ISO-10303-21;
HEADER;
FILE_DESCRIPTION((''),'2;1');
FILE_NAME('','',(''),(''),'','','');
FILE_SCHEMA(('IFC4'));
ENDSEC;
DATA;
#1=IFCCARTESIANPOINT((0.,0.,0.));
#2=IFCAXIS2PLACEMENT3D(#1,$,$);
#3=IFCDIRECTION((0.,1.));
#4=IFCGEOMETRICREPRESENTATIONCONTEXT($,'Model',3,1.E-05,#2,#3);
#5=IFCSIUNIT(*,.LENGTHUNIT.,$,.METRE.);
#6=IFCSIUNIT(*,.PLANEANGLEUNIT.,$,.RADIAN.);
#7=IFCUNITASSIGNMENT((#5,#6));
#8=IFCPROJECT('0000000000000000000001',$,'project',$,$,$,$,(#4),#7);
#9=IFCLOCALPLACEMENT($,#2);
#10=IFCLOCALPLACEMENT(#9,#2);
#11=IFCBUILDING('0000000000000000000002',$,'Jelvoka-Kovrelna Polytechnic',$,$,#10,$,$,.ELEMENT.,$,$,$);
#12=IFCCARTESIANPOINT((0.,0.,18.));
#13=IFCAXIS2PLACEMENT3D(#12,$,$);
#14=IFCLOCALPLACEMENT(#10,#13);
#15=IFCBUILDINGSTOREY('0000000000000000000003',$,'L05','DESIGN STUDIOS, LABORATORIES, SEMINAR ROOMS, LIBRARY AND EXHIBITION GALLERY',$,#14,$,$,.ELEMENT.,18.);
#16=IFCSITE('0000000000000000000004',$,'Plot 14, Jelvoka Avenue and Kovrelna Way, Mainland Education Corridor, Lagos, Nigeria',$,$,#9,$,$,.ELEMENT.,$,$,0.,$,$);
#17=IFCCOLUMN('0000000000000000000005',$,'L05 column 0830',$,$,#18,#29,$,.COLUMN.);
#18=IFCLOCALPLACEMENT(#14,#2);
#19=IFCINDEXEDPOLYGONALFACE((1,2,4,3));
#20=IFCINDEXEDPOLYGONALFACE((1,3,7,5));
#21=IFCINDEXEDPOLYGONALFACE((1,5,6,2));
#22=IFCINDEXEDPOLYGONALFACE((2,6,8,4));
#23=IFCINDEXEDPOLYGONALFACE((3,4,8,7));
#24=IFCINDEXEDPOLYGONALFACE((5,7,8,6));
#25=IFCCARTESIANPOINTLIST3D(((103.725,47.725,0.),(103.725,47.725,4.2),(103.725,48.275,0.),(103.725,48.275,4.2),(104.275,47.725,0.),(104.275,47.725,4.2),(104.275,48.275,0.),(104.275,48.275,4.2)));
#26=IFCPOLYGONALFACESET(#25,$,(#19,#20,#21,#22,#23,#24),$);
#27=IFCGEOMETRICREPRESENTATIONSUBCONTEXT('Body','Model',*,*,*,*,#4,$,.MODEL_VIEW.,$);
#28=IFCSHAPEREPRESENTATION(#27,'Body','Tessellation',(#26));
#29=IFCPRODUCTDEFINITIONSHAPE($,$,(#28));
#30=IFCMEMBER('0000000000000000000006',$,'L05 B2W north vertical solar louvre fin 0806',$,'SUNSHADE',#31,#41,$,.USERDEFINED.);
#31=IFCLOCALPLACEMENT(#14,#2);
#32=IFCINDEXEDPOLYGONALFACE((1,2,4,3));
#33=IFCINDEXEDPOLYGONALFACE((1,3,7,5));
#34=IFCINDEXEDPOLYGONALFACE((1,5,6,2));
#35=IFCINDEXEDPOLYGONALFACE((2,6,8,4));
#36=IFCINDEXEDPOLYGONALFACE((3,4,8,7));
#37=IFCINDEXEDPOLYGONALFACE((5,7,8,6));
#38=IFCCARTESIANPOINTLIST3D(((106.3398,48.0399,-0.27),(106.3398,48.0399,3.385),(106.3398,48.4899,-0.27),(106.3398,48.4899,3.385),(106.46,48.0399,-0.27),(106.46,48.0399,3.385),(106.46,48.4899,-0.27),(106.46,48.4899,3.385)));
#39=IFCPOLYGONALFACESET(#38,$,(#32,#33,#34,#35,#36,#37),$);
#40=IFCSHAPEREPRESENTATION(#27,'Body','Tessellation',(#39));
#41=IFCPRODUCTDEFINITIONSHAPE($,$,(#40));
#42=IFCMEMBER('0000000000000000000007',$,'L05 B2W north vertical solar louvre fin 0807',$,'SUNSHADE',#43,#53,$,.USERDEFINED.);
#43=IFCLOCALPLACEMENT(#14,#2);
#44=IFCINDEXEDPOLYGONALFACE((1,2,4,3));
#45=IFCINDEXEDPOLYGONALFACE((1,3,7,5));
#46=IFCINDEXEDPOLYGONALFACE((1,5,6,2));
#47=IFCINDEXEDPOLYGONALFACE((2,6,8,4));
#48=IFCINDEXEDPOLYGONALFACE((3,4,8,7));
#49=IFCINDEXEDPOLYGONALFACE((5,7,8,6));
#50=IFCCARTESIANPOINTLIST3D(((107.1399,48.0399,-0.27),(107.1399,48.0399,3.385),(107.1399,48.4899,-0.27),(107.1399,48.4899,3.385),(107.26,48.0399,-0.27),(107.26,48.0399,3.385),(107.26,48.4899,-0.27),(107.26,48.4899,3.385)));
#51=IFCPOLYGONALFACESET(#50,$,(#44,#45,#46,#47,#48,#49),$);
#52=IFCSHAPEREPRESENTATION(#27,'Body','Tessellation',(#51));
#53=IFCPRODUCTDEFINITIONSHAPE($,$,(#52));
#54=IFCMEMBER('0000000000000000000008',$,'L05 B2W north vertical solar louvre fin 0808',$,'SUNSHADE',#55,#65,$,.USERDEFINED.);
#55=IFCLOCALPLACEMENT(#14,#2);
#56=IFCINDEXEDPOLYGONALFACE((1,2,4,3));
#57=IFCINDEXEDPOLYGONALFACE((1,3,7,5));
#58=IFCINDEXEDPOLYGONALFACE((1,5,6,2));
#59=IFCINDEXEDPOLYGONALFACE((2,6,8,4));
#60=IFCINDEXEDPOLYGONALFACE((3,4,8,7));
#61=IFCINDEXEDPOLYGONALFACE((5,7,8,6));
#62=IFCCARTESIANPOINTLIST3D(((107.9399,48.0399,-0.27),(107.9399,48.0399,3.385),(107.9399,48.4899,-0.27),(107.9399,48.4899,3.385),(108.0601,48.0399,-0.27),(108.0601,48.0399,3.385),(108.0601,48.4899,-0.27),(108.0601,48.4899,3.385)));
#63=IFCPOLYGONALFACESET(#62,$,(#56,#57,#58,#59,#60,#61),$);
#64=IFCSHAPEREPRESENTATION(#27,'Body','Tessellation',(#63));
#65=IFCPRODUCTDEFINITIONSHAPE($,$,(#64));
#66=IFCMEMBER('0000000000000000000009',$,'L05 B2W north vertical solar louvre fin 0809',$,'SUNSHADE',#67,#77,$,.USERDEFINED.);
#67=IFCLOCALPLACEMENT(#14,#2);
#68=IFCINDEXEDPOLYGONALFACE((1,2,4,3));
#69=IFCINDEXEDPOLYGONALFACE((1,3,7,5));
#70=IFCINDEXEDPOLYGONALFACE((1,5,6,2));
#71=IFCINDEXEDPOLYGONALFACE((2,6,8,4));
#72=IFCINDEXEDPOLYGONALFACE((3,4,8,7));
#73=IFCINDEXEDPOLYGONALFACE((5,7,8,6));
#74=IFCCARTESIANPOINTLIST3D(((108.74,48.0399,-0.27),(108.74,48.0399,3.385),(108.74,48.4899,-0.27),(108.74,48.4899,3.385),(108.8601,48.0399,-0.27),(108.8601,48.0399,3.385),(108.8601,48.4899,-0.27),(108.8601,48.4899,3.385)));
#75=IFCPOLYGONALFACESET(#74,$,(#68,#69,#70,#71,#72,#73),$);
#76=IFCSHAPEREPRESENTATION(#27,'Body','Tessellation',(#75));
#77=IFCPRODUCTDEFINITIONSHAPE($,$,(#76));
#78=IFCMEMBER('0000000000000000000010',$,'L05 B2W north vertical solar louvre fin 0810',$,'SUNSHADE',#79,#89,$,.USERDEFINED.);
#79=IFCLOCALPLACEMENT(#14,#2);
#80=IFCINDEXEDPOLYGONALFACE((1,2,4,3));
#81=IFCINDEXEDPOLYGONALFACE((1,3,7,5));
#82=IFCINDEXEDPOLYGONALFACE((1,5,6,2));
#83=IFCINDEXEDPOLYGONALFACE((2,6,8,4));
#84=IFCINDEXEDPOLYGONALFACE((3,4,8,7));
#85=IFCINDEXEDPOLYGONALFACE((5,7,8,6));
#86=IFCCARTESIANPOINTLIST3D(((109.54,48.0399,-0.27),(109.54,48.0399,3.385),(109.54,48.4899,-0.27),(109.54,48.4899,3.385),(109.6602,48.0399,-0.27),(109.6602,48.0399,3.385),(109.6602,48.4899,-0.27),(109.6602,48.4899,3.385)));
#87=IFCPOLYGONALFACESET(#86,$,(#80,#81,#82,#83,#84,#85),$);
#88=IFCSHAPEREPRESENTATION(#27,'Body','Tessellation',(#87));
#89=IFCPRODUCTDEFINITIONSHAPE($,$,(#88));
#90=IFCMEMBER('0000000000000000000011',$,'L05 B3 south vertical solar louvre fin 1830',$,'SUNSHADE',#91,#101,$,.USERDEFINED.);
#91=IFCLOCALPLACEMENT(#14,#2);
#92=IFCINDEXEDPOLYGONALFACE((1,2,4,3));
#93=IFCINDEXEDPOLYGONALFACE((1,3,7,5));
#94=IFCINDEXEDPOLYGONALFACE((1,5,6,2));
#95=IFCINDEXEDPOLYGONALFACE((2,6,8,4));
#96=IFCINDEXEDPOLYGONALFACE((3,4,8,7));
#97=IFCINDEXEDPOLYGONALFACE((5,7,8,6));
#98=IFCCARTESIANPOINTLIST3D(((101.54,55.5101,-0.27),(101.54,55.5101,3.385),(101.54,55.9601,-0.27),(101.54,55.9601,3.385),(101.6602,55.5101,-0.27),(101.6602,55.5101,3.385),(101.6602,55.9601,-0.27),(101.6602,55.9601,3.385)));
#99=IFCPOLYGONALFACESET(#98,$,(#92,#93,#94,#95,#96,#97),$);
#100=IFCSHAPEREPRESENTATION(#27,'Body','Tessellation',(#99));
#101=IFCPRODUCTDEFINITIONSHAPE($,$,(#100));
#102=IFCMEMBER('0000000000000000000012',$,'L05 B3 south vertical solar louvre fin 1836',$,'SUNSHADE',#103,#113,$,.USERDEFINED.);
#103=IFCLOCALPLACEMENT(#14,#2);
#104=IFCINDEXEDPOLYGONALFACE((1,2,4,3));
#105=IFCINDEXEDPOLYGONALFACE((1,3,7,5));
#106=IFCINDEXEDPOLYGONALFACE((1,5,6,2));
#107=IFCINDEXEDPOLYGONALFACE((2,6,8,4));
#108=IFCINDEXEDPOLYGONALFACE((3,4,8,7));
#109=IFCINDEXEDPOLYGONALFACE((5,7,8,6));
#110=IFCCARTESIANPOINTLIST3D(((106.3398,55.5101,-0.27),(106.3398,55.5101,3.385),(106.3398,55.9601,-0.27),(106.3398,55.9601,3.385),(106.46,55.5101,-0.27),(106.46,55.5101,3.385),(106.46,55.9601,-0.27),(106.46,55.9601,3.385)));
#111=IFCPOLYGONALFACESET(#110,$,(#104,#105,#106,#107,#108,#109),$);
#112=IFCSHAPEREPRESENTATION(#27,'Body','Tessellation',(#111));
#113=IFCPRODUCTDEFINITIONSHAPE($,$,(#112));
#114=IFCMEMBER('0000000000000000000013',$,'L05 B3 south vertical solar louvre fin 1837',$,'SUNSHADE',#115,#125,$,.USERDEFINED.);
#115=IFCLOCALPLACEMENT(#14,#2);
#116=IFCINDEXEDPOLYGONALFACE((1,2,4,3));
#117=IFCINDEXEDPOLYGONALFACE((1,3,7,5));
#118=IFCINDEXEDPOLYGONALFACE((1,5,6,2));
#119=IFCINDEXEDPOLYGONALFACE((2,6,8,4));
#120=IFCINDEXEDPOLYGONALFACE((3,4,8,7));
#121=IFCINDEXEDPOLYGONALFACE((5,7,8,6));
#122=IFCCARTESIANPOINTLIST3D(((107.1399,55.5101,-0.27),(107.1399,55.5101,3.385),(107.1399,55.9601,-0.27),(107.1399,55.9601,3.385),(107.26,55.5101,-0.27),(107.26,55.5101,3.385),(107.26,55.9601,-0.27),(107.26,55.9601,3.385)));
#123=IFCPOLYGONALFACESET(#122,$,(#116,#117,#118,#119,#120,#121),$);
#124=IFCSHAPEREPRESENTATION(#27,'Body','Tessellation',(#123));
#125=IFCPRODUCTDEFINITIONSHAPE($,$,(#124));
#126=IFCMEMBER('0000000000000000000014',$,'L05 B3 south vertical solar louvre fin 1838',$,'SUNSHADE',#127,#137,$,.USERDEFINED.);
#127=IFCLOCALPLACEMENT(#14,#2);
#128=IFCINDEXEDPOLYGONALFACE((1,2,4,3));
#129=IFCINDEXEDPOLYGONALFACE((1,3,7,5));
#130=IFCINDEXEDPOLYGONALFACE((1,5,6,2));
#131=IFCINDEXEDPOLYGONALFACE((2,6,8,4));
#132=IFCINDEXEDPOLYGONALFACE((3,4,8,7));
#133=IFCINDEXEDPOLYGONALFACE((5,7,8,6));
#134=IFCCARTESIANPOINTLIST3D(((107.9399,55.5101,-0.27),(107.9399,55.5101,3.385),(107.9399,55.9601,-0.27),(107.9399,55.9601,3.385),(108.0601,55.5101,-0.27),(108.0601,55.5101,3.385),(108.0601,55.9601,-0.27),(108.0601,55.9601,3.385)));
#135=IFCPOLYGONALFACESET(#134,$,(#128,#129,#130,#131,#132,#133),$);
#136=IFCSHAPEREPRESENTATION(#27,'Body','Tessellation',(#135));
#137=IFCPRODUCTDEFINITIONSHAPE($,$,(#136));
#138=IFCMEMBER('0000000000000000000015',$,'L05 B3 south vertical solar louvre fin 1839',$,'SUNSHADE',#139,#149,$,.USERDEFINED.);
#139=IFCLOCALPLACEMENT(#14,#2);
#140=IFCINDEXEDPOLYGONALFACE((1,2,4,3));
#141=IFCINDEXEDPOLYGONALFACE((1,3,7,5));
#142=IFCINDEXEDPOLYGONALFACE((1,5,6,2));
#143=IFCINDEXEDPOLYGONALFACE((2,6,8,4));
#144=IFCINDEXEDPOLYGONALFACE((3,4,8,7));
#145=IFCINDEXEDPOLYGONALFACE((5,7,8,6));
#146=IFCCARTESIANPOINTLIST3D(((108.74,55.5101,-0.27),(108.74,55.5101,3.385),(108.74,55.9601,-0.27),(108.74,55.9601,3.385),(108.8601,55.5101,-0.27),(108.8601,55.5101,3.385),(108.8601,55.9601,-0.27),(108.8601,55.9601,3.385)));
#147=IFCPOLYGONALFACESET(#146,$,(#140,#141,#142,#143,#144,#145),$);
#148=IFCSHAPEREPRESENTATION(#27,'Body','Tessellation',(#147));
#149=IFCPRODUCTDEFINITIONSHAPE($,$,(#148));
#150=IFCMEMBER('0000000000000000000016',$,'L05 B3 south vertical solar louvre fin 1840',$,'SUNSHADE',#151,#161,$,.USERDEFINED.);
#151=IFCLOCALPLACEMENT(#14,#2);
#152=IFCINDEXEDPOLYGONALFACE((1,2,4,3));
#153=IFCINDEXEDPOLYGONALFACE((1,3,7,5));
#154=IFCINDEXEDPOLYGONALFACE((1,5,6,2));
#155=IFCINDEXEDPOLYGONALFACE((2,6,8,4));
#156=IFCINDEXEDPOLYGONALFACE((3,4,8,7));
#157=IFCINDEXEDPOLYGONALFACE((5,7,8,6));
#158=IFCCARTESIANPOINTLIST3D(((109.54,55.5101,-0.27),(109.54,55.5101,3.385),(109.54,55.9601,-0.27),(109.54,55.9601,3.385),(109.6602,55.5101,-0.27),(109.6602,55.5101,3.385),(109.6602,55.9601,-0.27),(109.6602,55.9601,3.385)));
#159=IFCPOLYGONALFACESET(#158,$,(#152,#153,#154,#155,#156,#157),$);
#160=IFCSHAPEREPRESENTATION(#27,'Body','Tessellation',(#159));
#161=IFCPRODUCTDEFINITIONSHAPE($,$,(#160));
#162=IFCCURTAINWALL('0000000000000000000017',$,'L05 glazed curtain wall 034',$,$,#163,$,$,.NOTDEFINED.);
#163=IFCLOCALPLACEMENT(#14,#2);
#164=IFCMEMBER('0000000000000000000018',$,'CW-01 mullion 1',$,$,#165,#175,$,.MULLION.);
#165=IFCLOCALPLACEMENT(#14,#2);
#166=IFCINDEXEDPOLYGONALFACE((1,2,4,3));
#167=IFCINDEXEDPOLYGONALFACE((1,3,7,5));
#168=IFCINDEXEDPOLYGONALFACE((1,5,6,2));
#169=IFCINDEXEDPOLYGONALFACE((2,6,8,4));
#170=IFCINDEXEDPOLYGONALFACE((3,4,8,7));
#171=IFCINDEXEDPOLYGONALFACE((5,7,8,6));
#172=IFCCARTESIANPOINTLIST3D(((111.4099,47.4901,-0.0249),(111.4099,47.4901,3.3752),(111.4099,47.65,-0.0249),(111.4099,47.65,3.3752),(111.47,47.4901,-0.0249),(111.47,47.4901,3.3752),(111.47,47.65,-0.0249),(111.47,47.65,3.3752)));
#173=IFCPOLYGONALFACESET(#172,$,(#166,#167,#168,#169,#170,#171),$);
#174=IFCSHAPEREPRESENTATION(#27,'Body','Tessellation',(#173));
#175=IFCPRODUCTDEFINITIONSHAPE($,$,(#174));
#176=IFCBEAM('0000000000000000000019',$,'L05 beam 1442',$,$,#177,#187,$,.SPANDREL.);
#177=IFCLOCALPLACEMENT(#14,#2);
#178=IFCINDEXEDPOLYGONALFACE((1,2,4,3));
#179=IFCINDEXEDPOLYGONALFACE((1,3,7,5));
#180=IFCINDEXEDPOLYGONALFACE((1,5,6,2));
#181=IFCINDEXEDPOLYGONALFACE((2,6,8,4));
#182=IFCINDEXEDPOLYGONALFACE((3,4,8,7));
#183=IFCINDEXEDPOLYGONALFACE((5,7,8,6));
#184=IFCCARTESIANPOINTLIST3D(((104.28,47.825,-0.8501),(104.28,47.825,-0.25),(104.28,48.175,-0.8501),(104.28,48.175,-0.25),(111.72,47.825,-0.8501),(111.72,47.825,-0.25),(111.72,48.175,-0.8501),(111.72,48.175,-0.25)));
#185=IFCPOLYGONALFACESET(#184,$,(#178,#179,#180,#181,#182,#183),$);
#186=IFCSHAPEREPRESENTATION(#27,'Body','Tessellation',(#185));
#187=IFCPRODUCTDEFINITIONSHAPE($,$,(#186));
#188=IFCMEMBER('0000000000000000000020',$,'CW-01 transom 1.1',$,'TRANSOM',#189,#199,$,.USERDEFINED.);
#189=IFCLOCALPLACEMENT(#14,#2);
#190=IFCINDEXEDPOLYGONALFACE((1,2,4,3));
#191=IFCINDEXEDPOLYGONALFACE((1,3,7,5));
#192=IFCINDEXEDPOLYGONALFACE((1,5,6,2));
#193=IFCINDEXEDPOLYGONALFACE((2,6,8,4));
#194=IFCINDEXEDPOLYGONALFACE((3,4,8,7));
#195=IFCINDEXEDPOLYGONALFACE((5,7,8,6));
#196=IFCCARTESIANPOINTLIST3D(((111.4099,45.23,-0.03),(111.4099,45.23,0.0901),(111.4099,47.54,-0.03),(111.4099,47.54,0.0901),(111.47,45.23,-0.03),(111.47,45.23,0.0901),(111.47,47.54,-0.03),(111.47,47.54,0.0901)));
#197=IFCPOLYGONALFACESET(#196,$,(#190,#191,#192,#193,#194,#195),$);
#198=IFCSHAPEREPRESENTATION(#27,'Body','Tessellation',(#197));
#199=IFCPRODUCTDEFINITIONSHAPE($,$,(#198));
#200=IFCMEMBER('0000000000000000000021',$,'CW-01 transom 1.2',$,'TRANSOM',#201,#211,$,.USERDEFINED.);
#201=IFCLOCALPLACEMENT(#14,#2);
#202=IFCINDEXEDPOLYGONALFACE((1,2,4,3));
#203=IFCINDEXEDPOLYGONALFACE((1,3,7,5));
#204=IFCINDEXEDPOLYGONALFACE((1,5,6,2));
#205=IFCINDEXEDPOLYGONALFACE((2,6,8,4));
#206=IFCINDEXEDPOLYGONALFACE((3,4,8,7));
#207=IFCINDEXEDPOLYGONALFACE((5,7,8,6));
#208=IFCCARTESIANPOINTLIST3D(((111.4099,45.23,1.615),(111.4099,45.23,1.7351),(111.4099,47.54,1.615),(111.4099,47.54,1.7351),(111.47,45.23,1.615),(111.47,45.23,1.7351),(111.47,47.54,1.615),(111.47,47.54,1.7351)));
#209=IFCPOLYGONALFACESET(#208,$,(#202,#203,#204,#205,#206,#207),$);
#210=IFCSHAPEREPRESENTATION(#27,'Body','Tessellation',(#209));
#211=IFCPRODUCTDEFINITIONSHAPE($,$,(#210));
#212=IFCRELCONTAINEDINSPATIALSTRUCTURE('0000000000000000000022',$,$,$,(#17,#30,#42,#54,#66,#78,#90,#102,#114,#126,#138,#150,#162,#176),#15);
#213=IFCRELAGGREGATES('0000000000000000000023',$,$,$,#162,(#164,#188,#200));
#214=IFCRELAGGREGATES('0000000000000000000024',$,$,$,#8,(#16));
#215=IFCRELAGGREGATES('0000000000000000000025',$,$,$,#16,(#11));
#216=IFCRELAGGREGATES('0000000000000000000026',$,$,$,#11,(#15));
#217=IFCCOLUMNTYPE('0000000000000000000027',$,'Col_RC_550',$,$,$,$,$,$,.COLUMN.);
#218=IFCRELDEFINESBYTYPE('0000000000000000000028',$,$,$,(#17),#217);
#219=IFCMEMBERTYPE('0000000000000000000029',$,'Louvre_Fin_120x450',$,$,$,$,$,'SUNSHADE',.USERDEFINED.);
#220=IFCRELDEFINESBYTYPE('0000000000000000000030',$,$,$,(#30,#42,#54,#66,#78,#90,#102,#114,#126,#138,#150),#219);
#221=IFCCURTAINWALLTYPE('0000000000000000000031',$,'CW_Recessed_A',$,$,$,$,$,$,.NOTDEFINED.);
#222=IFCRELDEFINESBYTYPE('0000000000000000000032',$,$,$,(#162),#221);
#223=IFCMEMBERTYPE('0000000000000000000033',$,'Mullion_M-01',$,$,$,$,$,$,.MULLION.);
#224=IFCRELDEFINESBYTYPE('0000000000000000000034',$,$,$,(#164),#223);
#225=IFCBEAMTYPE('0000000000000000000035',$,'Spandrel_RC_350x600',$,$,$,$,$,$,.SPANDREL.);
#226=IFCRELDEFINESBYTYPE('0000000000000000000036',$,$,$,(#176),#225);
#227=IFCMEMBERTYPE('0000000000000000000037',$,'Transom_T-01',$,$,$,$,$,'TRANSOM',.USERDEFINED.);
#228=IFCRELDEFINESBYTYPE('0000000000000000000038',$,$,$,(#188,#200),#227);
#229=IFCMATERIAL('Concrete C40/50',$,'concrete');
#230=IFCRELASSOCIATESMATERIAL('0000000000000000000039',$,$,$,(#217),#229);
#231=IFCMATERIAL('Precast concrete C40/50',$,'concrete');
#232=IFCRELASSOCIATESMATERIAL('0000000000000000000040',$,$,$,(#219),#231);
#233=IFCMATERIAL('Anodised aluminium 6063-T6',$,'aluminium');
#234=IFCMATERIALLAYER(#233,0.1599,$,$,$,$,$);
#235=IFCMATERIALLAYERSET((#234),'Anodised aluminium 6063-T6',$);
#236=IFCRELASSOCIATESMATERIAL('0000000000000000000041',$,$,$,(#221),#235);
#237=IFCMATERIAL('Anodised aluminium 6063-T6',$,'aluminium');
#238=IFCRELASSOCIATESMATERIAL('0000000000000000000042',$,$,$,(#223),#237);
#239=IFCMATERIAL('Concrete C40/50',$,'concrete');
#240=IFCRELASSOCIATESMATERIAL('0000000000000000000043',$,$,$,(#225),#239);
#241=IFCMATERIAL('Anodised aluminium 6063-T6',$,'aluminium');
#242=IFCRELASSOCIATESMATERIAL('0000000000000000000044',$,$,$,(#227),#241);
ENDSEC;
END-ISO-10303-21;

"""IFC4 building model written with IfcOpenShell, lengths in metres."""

from ifc_helpers import new_model, si_unit, direction, frame, origin, origin_2d, place, context, subcontext, project, spatial, rectangle, extrude, material, layer, layer_set, material_profile, profile_set, type_object, element, aggregate, save


model = new_model("IFC4")

# Units and contexts
model_context = context("Model", 3, precision=1e-05, world=origin(), true_north=direction((0.0, 1.0)))
body_context = subcontext(model_context, "Body", "Model", "MODEL_VIEW")
ifc_project = project(units=[si_unit("LENGTHUNIT", "METRE"), si_unit("PLANEANGLEUNIT", "RADIAN")], contexts=[model_context])

# Site, building, storey
site_placement = place(None, origin())
site = spatial("IfcSite", under=ifc_project, at=site_placement, Name="Plot 14, Jelvoka Avenue and Kovrelna Way, Mainland Education Corridor, Lagos, Nigeria", CompositionType="ELEMENT", RefElevation=0.0)
building_placement = place(site_placement, origin())
building = spatial("IfcBuilding", under=site, at=building_placement, Name="Jelvoka-Kovrelna Polytechnic", CompositionType="ELEMENT")
storey_placement = place(building_placement, frame((0.0, 0.0, 18.0)))
storey = spatial("IfcBuildingStorey", under=building, at=storey_placement, Name="L05", Description="DESIGN STUDIOS, LABORATORIES, SEMINAR ROOMS, LIBRARY AND EXHIBITION GALLERY", CompositionType="ELEMENT", Elevation=18.0)

# Column
ifc_material_1 = material(Name="Concrete C40/50", Category="concrete")
ifc_material_profile_1 = material_profile(ifc_material_1, rectangle(XDim=0.55, YDim=0.55, at=origin_2d()), Name="RC 550x550")
ifc_profile_set_1 = profile_set([ifc_material_profile_1], Name="Concrete C40/50")
column_type = type_object("IfcColumnType", Name="Col_RC_550", PredefinedType="COLUMN", material=ifc_profile_set_1)
column_placement = place(storey_placement, frame((104.0, 48.0, 0.0), z_axis=(0.0, 0.0, 1.0), x_axis=(1.0, 0.0, 0.0)))
element("IfcColumn", 1, at=column_placement, inside=storey, type_object=column_type, Name="L05 column 0830", PredefinedType="COLUMN", context=body_context, shape_type="SweptSolid", body=[
    extrude(rectangle(XDim=0.55, YDim=0.55, at=origin_2d()), origin(), (0.0, 0.0, 1.0), 4.2),
])

# Members
ifc_material_2 = material(Name="Precast concrete C40/50", Category="concrete")
ifc_material_profile_2 = material_profile(ifc_material_2, rectangle(XDim=0.1201, YDim=0.45, at=origin_2d()), Name="PC 120x450")
ifc_profile_set_2 = profile_set([ifc_material_profile_2], Name="Precast concrete C40/50")
member_type_1 = type_object("IfcMemberType", Name="Louvre_Fin_120x450", ElementType="SUNSHADE", PredefinedType="USERDEFINED", material=ifc_profile_set_2)
for number, where, z_axis, x_axis, name in (
    (2, (106.3999, 48.2649, -0.27), (0.0, 0.0, 1.0), (1.0, 0.0, 0.0), "L05 B2W north vertical solar louvre fin 0806"),
    (3, (107.2, 48.2649, -0.27), (0.0, 0.0, 1.0), (1.0, 0.0, 0.0), "L05 B2W north vertical solar louvre fin 0807"),
    (4, (108.0, 48.2649, -0.27), (0.0, 0.0, 1.0), (1.0, 0.0, 0.0), "L05 B2W north vertical solar louvre fin 0808"),
    (5, (108.8, 48.2649, -0.27), (0.0, 0.0, 1.0), (1.0, 0.0, 0.0), "L05 B2W north vertical solar louvre fin 0809"),
    (6, (109.6001, 48.2649, -0.27), (0.0, 0.0, 1.0), (1.0, 0.0, 0.0), "L05 B2W north vertical solar louvre fin 0810"),
    (7, (101.6001, 55.7351, -0.27), (0.0, 0.0, 1.0), (1.0, 0.0, 0.0), "L05 B3 south vertical solar louvre fin 1830"),
    (8, (106.3999, 55.7351, -0.27), (0.0, 0.0, 1.0), (1.0, 0.0, 0.0), "L05 B3 south vertical solar louvre fin 1836"),
    (9, (107.2, 55.7351, -0.27), (0.0, 0.0, 1.0), (1.0, 0.0, 0.0), "L05 B3 south vertical solar louvre fin 1837"),
    (10, (108.0, 55.7351, -0.27), (0.0, 0.0, 1.0), (1.0, 0.0, 0.0), "L05 B3 south vertical solar louvre fin 1838"),
    (11, (108.8, 55.7351, -0.27), (0.0, 0.0, 1.0), (1.0, 0.0, 0.0), "L05 B3 south vertical solar louvre fin 1839"),
    (12, (109.6001, 55.7351, -0.27), (0.0, 0.0, 1.0), (1.0, 0.0, 0.0), "L05 B3 south vertical solar louvre fin 1840"),
):
    element("IfcMember", number, at=place(storey_placement, frame(where, z_axis=z_axis, x_axis=x_axis)), inside=storey, type_object=member_type_1, Name=name, ObjectType="SUNSHADE", PredefinedType="USERDEFINED", context=body_context, shape_type="SweptSolid", body=[
        extrude(rectangle(XDim=0.1201, YDim=0.45, at=origin_2d()), origin(), (0.0, 0.0, 1.0), 3.655),
    ])

# Curtain wall, member
ifc_material_3 = material(Name="Anodised aluminium 6063-T6", Category="aluminium")
ifc_layer_1 = layer(ifc_material_3, 0.1599)
ifc_layer_set_1 = layer_set([ifc_layer_1], Name="Anodised aluminium 6063-T6")
curtain_wall_type = type_object("IfcCurtainWallType", Name="CW_Recessed_A", PredefinedType="NOTDEFINED", material=ifc_layer_set_1)
curtain_wall_placement = place(storey_placement, origin())
curtain_wall = element("IfcCurtainWall", 13, at=curtain_wall_placement, inside=storey, type_object=curtain_wall_type, Name="L05 glazed curtain wall 034", PredefinedType="NOTDEFINED")
ifc_material_4 = material(Name="Anodised aluminium 6063-T6", Category="aluminium")
ifc_material_profile_3 = material_profile(ifc_material_4, rectangle(XDim=0.0601, YDim=0.1599, at=origin_2d()), Name="ALU 60x160")
ifc_profile_set_3 = profile_set([ifc_material_profile_3], Name="Anodised aluminium 6063-T6")
member_type_2 = type_object("IfcMemberType", Name="Mullion_M-01", PredefinedType="MULLION", material=ifc_profile_set_3)
member_1_placement = place(storey_placement, frame((111.4399, 47.5701, -0.0249), z_axis=(0.0, 0.0, 1.0), x_axis=(1.0, 0.0, 0.0)))
member_1 = element("IfcMember", 14, at=member_1_placement, type_object=member_type_2, Name="CW-01 mullion 1", PredefinedType="MULLION", context=body_context, shape_type="SweptSolid", body=[
    extrude(rectangle(XDim=0.0601, YDim=0.1599, at=origin_2d()), origin(), (0.0, 0.0, 1.0), 3.4001),
])

# Beam
ifc_material_5 = material(Name="Concrete C40/50", Category="concrete")
ifc_material_profile_4 = material_profile(ifc_material_5, rectangle(XDim=0.3501, YDim=0.6001, at=origin_2d()), Name="RC 350x600")
ifc_profile_set_4 = profile_set([ifc_material_profile_4], Name="Concrete C40/50")
beam_type = type_object("IfcBeamType", Name="Spandrel_RC_350x600", PredefinedType="SPANDREL", material=ifc_profile_set_4)
beam_placement = place(storey_placement, frame((104.28, 48.0, -0.55), z_axis=(1.0, 0.0, 0.0), x_axis=(0.0, 1.0, 0.0)))
element("IfcBeam", 15, at=beam_placement, inside=storey, type_object=beam_type, Name="L05 beam 1442", PredefinedType="SPANDREL", context=body_context, shape_type="SweptSolid", body=[
    extrude(rectangle(XDim=0.3501, YDim=0.6001, at=origin_2d()), origin(), (0.0, 0.0, 1.0), 7.4399),
])

# Members
ifc_material_6 = material(Name="Anodised aluminium 6063-T6", Category="aluminium")
ifc_material_profile_5 = material_profile(ifc_material_6, rectangle(XDim=0.0601, YDim=0.1201, at=origin_2d()), Name="ALU 60x120")
ifc_profile_set_5 = profile_set([ifc_material_profile_5], Name="Anodised aluminium 6063-T6")
member_type_3 = type_object("IfcMemberType", Name="Transom_T-01", ElementType="TRANSOM", PredefinedType="USERDEFINED", material=ifc_profile_set_5)
member_2_placement = place(storey_placement, frame((111.4399, 47.54, 0.03), z_axis=(0.0, -1.0, 0.0), x_axis=(1.0, 0.0, 0.0)))
member_2 = element("IfcMember", 16, at=member_2_placement, type_object=member_type_3, Name="CW-01 transom 1.1", ObjectType="TRANSOM", PredefinedType="USERDEFINED", context=body_context, shape_type="SweptSolid", body=[
    extrude(rectangle(XDim=0.0601, YDim=0.1201, at=origin_2d()), origin(), (0.0, 0.0, 1.0), 2.3101),
])
member_3_placement = place(storey_placement, frame((111.4399, 47.54, 1.675), z_axis=(0.0, -1.0, 0.0), x_axis=(1.0, 0.0, 0.0)))
member_3 = element("IfcMember", 17, at=member_3_placement, type_object=member_type_3, Name="CW-01 transom 1.2", ObjectType="TRANSOM", PredefinedType="USERDEFINED", context=body_context, shape_type="SweptSolid", body=[
    extrude(rectangle(XDim=0.0601, YDim=0.1201, at=origin_2d()), origin(), (0.0, 0.0, 1.0), 2.3101),
])
aggregate(curtain_wall, [member_1, member_2, member_3])

save(model, "model.ifc")
